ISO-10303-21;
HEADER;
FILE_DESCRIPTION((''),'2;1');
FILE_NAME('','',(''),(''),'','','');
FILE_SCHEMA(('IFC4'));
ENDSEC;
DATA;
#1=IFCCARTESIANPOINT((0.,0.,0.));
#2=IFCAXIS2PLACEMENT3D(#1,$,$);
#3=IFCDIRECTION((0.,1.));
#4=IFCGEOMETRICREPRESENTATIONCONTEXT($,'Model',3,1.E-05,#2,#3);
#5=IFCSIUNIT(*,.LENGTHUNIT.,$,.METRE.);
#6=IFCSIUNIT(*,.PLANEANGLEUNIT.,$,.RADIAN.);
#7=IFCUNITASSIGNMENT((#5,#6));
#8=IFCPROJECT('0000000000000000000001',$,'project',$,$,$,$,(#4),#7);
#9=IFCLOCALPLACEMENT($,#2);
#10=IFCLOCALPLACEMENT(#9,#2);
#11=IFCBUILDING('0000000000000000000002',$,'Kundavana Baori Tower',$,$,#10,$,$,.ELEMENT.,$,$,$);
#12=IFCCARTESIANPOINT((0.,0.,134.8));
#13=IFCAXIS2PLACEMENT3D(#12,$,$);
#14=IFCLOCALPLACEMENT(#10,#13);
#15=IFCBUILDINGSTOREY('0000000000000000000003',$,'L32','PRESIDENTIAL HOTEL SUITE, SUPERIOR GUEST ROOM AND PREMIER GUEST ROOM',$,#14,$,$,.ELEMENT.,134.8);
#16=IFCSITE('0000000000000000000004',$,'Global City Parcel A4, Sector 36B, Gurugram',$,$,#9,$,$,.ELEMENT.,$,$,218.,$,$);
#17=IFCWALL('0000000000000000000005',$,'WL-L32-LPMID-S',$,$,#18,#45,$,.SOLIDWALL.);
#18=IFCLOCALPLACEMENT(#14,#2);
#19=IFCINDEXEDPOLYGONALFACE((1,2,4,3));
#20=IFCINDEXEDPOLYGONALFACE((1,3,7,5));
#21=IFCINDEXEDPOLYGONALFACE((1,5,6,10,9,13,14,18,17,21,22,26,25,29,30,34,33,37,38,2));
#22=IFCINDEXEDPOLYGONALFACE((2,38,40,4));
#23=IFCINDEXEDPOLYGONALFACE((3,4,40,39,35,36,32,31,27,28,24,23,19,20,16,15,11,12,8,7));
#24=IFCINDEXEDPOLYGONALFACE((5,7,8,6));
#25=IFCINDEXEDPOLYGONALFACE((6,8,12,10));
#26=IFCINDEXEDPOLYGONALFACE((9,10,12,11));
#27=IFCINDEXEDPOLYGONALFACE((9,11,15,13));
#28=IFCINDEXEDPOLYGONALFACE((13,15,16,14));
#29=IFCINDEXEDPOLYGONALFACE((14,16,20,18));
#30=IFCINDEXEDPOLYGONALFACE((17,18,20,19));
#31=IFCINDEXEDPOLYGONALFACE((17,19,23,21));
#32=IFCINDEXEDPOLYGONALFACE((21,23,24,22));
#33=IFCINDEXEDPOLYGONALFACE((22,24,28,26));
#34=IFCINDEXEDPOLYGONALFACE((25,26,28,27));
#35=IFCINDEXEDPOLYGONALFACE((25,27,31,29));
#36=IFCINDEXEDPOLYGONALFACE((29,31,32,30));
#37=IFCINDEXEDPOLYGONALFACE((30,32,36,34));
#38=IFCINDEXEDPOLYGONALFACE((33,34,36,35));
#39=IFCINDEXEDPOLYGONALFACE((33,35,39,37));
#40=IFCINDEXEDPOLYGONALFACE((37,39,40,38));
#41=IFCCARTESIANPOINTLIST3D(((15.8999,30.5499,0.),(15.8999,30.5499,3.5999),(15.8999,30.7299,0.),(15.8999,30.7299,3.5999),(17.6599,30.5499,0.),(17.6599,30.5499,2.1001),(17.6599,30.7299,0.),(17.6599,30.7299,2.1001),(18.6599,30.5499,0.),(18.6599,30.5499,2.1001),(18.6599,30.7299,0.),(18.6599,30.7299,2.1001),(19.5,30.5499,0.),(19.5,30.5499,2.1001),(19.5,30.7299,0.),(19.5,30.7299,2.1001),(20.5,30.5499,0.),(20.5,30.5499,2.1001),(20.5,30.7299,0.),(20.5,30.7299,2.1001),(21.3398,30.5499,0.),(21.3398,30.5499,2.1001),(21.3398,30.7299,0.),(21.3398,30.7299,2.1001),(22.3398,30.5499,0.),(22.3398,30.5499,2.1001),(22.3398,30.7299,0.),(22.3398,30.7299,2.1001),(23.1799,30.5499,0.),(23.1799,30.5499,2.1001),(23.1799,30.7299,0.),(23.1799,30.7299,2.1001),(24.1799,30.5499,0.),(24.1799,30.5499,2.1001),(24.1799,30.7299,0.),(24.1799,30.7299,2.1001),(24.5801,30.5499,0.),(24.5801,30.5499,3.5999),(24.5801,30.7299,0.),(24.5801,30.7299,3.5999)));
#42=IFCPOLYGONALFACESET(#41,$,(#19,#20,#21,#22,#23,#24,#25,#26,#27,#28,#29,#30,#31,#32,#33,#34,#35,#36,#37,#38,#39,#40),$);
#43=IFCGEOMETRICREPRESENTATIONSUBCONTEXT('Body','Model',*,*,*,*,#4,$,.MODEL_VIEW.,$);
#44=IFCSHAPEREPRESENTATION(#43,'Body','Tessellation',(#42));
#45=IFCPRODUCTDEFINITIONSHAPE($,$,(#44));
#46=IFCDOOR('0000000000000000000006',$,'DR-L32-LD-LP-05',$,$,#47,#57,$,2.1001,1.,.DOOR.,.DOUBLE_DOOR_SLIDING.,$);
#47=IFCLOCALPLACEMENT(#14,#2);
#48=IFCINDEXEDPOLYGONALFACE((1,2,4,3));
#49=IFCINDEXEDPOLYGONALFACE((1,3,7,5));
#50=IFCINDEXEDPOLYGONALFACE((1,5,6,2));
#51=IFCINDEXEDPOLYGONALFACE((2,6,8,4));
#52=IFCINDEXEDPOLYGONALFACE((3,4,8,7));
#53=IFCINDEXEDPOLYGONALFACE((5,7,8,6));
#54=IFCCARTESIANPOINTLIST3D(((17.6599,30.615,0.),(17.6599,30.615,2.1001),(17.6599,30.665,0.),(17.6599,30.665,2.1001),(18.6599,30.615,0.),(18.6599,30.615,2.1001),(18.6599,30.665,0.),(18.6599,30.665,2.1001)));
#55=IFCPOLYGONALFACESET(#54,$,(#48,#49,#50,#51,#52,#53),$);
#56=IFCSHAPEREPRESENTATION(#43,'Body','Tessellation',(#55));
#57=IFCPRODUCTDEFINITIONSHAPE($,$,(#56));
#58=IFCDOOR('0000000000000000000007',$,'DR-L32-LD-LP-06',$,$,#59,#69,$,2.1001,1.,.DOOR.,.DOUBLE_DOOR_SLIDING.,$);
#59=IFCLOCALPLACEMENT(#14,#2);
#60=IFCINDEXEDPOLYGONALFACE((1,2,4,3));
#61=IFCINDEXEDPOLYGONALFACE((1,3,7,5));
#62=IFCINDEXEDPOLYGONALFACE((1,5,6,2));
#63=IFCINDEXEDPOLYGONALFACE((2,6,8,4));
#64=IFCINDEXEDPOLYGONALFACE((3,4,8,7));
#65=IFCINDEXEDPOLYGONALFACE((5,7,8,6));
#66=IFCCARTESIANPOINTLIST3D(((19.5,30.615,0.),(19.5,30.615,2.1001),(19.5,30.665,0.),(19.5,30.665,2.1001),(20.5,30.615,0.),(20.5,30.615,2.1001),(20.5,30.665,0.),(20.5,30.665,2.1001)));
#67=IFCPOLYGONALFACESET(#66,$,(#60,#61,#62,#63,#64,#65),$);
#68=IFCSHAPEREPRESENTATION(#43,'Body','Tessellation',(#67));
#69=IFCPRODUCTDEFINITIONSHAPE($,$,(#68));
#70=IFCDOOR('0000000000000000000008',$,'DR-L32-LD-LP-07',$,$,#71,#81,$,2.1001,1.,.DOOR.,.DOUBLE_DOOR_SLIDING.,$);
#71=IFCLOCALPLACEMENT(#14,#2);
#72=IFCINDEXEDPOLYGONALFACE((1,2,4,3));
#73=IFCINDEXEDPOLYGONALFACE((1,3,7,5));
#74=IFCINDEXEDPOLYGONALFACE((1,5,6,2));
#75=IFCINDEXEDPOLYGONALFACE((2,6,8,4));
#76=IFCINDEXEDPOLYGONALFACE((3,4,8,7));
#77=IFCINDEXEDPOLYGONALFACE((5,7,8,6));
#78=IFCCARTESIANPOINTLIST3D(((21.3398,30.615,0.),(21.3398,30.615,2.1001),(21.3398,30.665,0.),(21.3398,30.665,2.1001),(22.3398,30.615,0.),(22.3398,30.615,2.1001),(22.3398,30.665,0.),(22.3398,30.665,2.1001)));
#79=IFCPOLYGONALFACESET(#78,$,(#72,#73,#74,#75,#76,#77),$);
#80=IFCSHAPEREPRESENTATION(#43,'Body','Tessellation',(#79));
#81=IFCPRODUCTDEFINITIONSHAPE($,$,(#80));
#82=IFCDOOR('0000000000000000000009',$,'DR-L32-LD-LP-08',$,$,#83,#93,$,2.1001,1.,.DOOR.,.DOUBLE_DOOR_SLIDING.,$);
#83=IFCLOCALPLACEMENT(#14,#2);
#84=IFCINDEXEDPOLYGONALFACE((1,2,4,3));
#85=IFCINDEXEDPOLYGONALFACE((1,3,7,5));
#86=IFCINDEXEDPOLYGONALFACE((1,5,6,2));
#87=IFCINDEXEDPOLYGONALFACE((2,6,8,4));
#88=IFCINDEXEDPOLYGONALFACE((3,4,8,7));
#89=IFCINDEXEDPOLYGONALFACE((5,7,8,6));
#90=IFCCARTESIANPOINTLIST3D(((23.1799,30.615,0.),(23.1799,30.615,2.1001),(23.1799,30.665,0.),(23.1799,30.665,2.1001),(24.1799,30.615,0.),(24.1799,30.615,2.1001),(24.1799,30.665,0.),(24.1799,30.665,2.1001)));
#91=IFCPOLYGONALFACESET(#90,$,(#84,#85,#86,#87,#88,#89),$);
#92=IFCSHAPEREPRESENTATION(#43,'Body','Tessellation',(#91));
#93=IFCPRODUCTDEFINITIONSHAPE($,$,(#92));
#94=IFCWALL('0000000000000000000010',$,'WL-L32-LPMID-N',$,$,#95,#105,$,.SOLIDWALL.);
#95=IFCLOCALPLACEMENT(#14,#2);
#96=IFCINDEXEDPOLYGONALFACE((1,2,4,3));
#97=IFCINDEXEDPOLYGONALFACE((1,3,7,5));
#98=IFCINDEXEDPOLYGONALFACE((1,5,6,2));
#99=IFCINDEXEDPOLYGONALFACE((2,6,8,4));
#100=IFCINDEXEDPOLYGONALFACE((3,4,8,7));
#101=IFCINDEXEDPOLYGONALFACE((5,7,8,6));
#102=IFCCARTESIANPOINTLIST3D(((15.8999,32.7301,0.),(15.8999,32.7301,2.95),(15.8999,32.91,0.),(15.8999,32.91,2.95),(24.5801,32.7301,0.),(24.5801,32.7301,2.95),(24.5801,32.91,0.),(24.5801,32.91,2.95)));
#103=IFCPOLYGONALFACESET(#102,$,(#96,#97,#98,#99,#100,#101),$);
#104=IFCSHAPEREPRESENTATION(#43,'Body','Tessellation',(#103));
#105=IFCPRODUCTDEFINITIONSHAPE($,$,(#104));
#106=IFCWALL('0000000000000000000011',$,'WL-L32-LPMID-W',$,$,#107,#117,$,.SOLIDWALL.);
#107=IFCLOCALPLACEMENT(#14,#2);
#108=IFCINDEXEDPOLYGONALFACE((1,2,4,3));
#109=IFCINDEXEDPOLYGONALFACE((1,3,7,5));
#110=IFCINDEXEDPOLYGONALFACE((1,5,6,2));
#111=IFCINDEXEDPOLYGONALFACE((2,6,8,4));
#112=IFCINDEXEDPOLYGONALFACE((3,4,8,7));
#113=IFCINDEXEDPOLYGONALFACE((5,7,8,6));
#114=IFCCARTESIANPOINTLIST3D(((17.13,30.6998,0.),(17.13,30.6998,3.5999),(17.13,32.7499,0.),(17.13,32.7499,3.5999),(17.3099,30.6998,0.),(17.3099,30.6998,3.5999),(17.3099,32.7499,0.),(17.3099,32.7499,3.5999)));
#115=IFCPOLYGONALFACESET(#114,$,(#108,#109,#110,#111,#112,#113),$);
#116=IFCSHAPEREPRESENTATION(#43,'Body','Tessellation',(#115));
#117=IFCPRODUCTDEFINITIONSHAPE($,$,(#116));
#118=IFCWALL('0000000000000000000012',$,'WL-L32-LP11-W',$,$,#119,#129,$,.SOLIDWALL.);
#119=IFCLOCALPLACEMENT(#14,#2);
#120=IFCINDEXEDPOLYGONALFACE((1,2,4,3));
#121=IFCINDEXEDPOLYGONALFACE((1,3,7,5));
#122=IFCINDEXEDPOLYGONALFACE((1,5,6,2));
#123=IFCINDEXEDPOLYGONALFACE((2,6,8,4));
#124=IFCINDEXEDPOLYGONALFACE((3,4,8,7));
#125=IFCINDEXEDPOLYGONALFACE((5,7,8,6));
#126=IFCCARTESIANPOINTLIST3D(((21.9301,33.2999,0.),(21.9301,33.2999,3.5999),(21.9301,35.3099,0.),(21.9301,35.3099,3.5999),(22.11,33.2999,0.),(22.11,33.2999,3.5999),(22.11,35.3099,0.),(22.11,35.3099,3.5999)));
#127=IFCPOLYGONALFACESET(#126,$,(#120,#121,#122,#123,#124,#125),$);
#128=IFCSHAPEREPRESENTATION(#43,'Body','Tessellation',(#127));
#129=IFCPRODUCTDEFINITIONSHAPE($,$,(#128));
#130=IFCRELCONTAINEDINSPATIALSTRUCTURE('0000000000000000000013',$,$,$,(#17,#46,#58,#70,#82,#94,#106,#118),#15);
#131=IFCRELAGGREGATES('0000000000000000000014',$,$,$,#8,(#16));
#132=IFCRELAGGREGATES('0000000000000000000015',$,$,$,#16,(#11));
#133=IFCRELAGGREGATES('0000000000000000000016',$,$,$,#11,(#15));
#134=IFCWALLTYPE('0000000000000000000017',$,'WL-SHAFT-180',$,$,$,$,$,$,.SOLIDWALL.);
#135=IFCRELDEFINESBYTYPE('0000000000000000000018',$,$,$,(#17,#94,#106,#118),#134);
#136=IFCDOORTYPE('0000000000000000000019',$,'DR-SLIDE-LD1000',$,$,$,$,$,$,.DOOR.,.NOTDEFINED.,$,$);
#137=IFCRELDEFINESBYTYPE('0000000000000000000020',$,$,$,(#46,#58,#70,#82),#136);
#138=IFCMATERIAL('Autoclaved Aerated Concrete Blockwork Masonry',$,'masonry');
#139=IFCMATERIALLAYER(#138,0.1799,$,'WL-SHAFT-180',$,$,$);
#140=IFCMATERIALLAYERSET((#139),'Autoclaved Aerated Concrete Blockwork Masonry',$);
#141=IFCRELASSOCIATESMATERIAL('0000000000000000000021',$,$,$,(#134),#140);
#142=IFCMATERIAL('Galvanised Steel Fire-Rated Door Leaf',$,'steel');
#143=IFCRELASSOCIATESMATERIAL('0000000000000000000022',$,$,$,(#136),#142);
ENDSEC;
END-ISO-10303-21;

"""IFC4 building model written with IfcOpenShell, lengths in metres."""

from ifc_helpers import new_model, si_unit, direction, frame, frame_2d, origin, place, context, subcontext, project, spatial, rectangle, extrude, material, layer, layer_set, type_object, element, fill, save


model = new_model("IFC4")

# Units and contexts
model_context = context("Model", 3, precision=1e-05, world=origin(), true_north=direction((0.0, 1.0)))
body_context = subcontext(model_context, "Body", "Model", "MODEL_VIEW")
ifc_project = project(units=[si_unit("LENGTHUNIT", "METRE"), si_unit("PLANEANGLEUNIT", "RADIAN")], contexts=[model_context])

# Site, building, storey
site_placement = place(None, origin())
site = spatial("IfcSite", under=ifc_project, at=site_placement, Name="Global City Parcel A4, Sector 36B, Gurugram", CompositionType="ELEMENT", RefElevation=218.0)
building_placement = place(site_placement, origin())
building = spatial("IfcBuilding", under=site, at=building_placement, Name="Kundavana Baori Tower", CompositionType="ELEMENT")
storey_placement = place(building_placement, frame((0.0, 0.0, 134.8)))
storey = spatial("IfcBuildingStorey", under=building, at=storey_placement, Name="L32", Description="PRESIDENTIAL HOTEL SUITE, SUPERIOR GUEST ROOM AND PREMIER GUEST ROOM", CompositionType="ELEMENT", Elevation=134.8)

# Shared definitions
ifc_material_1 = material(Name="Autoclaved Aerated Concrete Blockwork Masonry", Category="masonry")
ifc_layer_1 = layer(ifc_material_1, 0.1799, Name="WL-SHAFT-180")
ifc_layer_set_1 = layer_set([ifc_layer_1], Name="Autoclaved Aerated Concrete Blockwork Masonry")
wall_type_1 = type_object("IfcWallType", Name="WL-SHAFT-180", PredefinedType="SOLIDWALL", material=ifc_layer_set_1)

# Wall, openings, doors
wall_1_placement = place(storey_placement, frame((15.8999, 30.6399, 0.0), z_axis=(0.0, 0.0, 1.0), x_axis=(1.0, 0.0, 0.0)))
wall_1 = element("IfcWall", 1, at=wall_1_placement, inside=storey, type_object=wall_type_1, Name="WL-L32-LPMID-S", PredefinedType="SOLIDWALL", context=body_context, shape_type="SweptSolid", body=[
    extrude(rectangle(XDim=8.6802, YDim=0.1799, at=frame_2d((4.3401, 0.0))), origin(), (0.0, 0.0, 1.0), 3.5999),
])
opening_1_placement = place(wall_1_placement, frame((1.76, 0.0, 0.0)))
opening_1 = element("IfcOpeningElement", 2, at=opening_1_placement, cuts=wall_1, PredefinedType="OPENING", context=body_context, shape_type="SweptSolid", body=[
    extrude(rectangle(XDim=1.0, YDim=2.1001, at=frame_2d((0.5, 1.05))), frame((0.0, 0.1001, 0.0), z_axis=(0.0, -1.0, 0.0), x_axis=(1.0, 0.0, 0.0)), (0.0, 0.0, 1.0), 0.2),
])
opening_2_placement = place(wall_1_placement, frame((3.6001, 0.0, 0.0)))
opening_2 = element("IfcOpeningElement", 3, at=opening_2_placement, cuts=wall_1, PredefinedType="OPENING", context=body_context, shape_type="SweptSolid", body=[
    extrude(rectangle(XDim=1.0, YDim=2.1001, at=frame_2d((0.5, 1.05))), frame((0.0, 0.1001, 0.0), z_axis=(0.0, -1.0, 0.0), x_axis=(1.0, 0.0, 0.0)), (0.0, 0.0, 1.0), 0.2),
])
opening_3_placement = place(wall_1_placement, frame((5.4399, 0.0, 0.0)))
opening_3 = element("IfcOpeningElement", 4, at=opening_3_placement, cuts=wall_1, PredefinedType="OPENING", context=body_context, shape_type="SweptSolid", body=[
    extrude(rectangle(XDim=1.0, YDim=2.1001, at=frame_2d((0.5, 1.05))), frame((0.0, 0.1001, 0.0), z_axis=(0.0, -1.0, 0.0), x_axis=(1.0, 0.0, 0.0)), (0.0, 0.0, 1.0), 0.2),
])
opening_4_placement = place(wall_1_placement, frame((7.28, 0.0, 0.0)))
opening_4 = element("IfcOpeningElement", 5, at=opening_4_placement, cuts=wall_1, PredefinedType="OPENING", context=body_context, shape_type="SweptSolid", body=[
    extrude(rectangle(XDim=1.0, YDim=2.1001, at=frame_2d((0.5, 1.05))), frame((0.0, 0.1001, 0.0), z_axis=(0.0, -1.0, 0.0), x_axis=(1.0, 0.0, 0.0)), (0.0, 0.0, 1.0), 0.2),
])
ifc_material_2 = material(Name="Galvanised Steel Fire-Rated Door Leaf", Category="steel")
door_type_1 = type_object("IfcDoorType", Name="DR-SLIDE-LD1000", OperationType="NOTDEFINED", PredefinedType="DOOR", material=ifc_material_2)
door_1_placement = place(opening_1_placement, frame((1.0, 0.0, 0.0), z_axis=(0.0, 0.0, 1.0), x_axis=(-1.0, 0.0, 0.0)))
door_1 = element("IfcDoor", 6, at=door_1_placement, inside=storey, type_object=door_type_1, Name="DR-L32-LD-LP-05", OperationType="DOUBLE_DOOR_SLIDING", OverallHeight=2.1001, OverallWidth=1.0, PredefinedType="DOOR", context=body_context, shape_type="SweptSolid", body=[
    extrude(rectangle(XDim=1.0, YDim=2.1001, at=frame_2d((0.5, 1.05))), frame((0.0, 0.0249, 0.0), z_axis=(0.0, -1.0, 0.0), x_axis=(1.0, 0.0, 0.0)), (0.0, 0.0, 1.0), 0.05),
])
fill(opening_1, door_1)
door_2_placement = place(opening_2_placement, frame((1.0, 0.0, 0.0), z_axis=(0.0, 0.0, 1.0), x_axis=(-1.0, 0.0, 0.0)))
door_2 = element("IfcDoor", 7, at=door_2_placement, inside=storey, type_object=door_type_1, Name="DR-L32-LD-LP-06", OperationType="DOUBLE_DOOR_SLIDING", OverallHeight=2.1001, OverallWidth=1.0, PredefinedType="DOOR", context=body_context, shape_type="SweptSolid", body=[
    extrude(rectangle(XDim=1.0, YDim=2.1001, at=frame_2d((0.5, 1.05))), frame((0.0, 0.0249, 0.0), z_axis=(0.0, -1.0, 0.0), x_axis=(1.0, 0.0, 0.0)), (0.0, 0.0, 1.0), 0.05),
])
fill(opening_2, door_2)
door_3_placement = place(opening_3_placement, frame((1.0, 0.0, 0.0), z_axis=(0.0, 0.0, 1.0), x_axis=(-1.0, 0.0, 0.0)))
door_3 = element("IfcDoor", 8, at=door_3_placement, inside=storey, type_object=door_type_1, Name="DR-L32-LD-LP-07", OperationType="DOUBLE_DOOR_SLIDING", OverallHeight=2.1001, OverallWidth=1.0, PredefinedType="DOOR", context=body_context, shape_type="SweptSolid", body=[
    extrude(rectangle(XDim=1.0, YDim=2.1001, at=frame_2d((0.5, 1.05))), frame((0.0, 0.0249, 0.0), z_axis=(0.0, -1.0, 0.0), x_axis=(1.0, 0.0, 0.0)), (0.0, 0.0, 1.0), 0.05),
])
fill(opening_3, door_3)
door_4_placement = place(opening_4_placement, frame((1.0, 0.0, 0.0), z_axis=(0.0, 0.0, 1.0), x_axis=(-1.0, 0.0, 0.0)))
door_4 = element("IfcDoor", 9, at=door_4_placement, inside=storey, type_object=door_type_1, Name="DR-L32-LD-LP-08", OperationType="DOUBLE_DOOR_SLIDING", OverallHeight=2.1001, OverallWidth=1.0, PredefinedType="DOOR", context=body_context, shape_type="SweptSolid", body=[
    extrude(rectangle(XDim=1.0, YDim=2.1001, at=frame_2d((0.5, 1.05))), frame((0.0, 0.0249, 0.0), z_axis=(0.0, -1.0, 0.0), x_axis=(1.0, 0.0, 0.0)), (0.0, 0.0, 1.0), 0.05),
])
fill(opening_4, door_4)

# Walls
wall_2_placement = place(storey_placement, frame((15.8999, 32.8201, 0.0), z_axis=(0.0, 0.0, 1.0), x_axis=(1.0, 0.0, 0.0)))
element("IfcWall", 10, at=wall_2_placement, inside=storey, type_object=wall_type_1, Name="WL-L32-LPMID-N", PredefinedType="SOLIDWALL", context=body_context, shape_type="SweptSolid", body=[
    extrude(rectangle(XDim=8.6802, YDim=0.1799, at=frame_2d((4.3401, 0.0))), origin(), (0.0, 0.0, 1.0), 2.95),
])
wall_3_placement = place(storey_placement, frame((17.22, 30.7, 0.0), z_axis=(0.0, 0.0, 1.0), x_axis=(0.0, 1.0, 0.0)))
element("IfcWall", 11, at=wall_3_placement, inside=storey, type_object=wall_type_1, Name="WL-L32-LPMID-W", PredefinedType="SOLIDWALL", context=body_context, shape_type="SweptSolid", body=[
    extrude(rectangle(XDim=2.05, YDim=0.1799, at=frame_2d((1.0249, 0.0))), origin(), (0.0, 0.0, 1.0), 3.5999),
])
wall_4_placement = place(storey_placement, frame((22.02, 33.3, 0.0), z_axis=(0.0, 0.0, 1.0), x_axis=(0.0, 1.0, 0.0)))
element("IfcWall", 12, at=wall_4_placement, inside=storey, type_object=wall_type_1, Name="WL-L32-LP11-W", PredefinedType="SOLIDWALL", context=body_context, shape_type="SweptSolid", body=[
    extrude(rectangle(XDim=2.01, YDim=0.1799, at=frame_2d((1.0049, 0.0))), origin(), (0.0, 0.0, 1.0), 3.5999),
])

save(model, "model.ifc")
